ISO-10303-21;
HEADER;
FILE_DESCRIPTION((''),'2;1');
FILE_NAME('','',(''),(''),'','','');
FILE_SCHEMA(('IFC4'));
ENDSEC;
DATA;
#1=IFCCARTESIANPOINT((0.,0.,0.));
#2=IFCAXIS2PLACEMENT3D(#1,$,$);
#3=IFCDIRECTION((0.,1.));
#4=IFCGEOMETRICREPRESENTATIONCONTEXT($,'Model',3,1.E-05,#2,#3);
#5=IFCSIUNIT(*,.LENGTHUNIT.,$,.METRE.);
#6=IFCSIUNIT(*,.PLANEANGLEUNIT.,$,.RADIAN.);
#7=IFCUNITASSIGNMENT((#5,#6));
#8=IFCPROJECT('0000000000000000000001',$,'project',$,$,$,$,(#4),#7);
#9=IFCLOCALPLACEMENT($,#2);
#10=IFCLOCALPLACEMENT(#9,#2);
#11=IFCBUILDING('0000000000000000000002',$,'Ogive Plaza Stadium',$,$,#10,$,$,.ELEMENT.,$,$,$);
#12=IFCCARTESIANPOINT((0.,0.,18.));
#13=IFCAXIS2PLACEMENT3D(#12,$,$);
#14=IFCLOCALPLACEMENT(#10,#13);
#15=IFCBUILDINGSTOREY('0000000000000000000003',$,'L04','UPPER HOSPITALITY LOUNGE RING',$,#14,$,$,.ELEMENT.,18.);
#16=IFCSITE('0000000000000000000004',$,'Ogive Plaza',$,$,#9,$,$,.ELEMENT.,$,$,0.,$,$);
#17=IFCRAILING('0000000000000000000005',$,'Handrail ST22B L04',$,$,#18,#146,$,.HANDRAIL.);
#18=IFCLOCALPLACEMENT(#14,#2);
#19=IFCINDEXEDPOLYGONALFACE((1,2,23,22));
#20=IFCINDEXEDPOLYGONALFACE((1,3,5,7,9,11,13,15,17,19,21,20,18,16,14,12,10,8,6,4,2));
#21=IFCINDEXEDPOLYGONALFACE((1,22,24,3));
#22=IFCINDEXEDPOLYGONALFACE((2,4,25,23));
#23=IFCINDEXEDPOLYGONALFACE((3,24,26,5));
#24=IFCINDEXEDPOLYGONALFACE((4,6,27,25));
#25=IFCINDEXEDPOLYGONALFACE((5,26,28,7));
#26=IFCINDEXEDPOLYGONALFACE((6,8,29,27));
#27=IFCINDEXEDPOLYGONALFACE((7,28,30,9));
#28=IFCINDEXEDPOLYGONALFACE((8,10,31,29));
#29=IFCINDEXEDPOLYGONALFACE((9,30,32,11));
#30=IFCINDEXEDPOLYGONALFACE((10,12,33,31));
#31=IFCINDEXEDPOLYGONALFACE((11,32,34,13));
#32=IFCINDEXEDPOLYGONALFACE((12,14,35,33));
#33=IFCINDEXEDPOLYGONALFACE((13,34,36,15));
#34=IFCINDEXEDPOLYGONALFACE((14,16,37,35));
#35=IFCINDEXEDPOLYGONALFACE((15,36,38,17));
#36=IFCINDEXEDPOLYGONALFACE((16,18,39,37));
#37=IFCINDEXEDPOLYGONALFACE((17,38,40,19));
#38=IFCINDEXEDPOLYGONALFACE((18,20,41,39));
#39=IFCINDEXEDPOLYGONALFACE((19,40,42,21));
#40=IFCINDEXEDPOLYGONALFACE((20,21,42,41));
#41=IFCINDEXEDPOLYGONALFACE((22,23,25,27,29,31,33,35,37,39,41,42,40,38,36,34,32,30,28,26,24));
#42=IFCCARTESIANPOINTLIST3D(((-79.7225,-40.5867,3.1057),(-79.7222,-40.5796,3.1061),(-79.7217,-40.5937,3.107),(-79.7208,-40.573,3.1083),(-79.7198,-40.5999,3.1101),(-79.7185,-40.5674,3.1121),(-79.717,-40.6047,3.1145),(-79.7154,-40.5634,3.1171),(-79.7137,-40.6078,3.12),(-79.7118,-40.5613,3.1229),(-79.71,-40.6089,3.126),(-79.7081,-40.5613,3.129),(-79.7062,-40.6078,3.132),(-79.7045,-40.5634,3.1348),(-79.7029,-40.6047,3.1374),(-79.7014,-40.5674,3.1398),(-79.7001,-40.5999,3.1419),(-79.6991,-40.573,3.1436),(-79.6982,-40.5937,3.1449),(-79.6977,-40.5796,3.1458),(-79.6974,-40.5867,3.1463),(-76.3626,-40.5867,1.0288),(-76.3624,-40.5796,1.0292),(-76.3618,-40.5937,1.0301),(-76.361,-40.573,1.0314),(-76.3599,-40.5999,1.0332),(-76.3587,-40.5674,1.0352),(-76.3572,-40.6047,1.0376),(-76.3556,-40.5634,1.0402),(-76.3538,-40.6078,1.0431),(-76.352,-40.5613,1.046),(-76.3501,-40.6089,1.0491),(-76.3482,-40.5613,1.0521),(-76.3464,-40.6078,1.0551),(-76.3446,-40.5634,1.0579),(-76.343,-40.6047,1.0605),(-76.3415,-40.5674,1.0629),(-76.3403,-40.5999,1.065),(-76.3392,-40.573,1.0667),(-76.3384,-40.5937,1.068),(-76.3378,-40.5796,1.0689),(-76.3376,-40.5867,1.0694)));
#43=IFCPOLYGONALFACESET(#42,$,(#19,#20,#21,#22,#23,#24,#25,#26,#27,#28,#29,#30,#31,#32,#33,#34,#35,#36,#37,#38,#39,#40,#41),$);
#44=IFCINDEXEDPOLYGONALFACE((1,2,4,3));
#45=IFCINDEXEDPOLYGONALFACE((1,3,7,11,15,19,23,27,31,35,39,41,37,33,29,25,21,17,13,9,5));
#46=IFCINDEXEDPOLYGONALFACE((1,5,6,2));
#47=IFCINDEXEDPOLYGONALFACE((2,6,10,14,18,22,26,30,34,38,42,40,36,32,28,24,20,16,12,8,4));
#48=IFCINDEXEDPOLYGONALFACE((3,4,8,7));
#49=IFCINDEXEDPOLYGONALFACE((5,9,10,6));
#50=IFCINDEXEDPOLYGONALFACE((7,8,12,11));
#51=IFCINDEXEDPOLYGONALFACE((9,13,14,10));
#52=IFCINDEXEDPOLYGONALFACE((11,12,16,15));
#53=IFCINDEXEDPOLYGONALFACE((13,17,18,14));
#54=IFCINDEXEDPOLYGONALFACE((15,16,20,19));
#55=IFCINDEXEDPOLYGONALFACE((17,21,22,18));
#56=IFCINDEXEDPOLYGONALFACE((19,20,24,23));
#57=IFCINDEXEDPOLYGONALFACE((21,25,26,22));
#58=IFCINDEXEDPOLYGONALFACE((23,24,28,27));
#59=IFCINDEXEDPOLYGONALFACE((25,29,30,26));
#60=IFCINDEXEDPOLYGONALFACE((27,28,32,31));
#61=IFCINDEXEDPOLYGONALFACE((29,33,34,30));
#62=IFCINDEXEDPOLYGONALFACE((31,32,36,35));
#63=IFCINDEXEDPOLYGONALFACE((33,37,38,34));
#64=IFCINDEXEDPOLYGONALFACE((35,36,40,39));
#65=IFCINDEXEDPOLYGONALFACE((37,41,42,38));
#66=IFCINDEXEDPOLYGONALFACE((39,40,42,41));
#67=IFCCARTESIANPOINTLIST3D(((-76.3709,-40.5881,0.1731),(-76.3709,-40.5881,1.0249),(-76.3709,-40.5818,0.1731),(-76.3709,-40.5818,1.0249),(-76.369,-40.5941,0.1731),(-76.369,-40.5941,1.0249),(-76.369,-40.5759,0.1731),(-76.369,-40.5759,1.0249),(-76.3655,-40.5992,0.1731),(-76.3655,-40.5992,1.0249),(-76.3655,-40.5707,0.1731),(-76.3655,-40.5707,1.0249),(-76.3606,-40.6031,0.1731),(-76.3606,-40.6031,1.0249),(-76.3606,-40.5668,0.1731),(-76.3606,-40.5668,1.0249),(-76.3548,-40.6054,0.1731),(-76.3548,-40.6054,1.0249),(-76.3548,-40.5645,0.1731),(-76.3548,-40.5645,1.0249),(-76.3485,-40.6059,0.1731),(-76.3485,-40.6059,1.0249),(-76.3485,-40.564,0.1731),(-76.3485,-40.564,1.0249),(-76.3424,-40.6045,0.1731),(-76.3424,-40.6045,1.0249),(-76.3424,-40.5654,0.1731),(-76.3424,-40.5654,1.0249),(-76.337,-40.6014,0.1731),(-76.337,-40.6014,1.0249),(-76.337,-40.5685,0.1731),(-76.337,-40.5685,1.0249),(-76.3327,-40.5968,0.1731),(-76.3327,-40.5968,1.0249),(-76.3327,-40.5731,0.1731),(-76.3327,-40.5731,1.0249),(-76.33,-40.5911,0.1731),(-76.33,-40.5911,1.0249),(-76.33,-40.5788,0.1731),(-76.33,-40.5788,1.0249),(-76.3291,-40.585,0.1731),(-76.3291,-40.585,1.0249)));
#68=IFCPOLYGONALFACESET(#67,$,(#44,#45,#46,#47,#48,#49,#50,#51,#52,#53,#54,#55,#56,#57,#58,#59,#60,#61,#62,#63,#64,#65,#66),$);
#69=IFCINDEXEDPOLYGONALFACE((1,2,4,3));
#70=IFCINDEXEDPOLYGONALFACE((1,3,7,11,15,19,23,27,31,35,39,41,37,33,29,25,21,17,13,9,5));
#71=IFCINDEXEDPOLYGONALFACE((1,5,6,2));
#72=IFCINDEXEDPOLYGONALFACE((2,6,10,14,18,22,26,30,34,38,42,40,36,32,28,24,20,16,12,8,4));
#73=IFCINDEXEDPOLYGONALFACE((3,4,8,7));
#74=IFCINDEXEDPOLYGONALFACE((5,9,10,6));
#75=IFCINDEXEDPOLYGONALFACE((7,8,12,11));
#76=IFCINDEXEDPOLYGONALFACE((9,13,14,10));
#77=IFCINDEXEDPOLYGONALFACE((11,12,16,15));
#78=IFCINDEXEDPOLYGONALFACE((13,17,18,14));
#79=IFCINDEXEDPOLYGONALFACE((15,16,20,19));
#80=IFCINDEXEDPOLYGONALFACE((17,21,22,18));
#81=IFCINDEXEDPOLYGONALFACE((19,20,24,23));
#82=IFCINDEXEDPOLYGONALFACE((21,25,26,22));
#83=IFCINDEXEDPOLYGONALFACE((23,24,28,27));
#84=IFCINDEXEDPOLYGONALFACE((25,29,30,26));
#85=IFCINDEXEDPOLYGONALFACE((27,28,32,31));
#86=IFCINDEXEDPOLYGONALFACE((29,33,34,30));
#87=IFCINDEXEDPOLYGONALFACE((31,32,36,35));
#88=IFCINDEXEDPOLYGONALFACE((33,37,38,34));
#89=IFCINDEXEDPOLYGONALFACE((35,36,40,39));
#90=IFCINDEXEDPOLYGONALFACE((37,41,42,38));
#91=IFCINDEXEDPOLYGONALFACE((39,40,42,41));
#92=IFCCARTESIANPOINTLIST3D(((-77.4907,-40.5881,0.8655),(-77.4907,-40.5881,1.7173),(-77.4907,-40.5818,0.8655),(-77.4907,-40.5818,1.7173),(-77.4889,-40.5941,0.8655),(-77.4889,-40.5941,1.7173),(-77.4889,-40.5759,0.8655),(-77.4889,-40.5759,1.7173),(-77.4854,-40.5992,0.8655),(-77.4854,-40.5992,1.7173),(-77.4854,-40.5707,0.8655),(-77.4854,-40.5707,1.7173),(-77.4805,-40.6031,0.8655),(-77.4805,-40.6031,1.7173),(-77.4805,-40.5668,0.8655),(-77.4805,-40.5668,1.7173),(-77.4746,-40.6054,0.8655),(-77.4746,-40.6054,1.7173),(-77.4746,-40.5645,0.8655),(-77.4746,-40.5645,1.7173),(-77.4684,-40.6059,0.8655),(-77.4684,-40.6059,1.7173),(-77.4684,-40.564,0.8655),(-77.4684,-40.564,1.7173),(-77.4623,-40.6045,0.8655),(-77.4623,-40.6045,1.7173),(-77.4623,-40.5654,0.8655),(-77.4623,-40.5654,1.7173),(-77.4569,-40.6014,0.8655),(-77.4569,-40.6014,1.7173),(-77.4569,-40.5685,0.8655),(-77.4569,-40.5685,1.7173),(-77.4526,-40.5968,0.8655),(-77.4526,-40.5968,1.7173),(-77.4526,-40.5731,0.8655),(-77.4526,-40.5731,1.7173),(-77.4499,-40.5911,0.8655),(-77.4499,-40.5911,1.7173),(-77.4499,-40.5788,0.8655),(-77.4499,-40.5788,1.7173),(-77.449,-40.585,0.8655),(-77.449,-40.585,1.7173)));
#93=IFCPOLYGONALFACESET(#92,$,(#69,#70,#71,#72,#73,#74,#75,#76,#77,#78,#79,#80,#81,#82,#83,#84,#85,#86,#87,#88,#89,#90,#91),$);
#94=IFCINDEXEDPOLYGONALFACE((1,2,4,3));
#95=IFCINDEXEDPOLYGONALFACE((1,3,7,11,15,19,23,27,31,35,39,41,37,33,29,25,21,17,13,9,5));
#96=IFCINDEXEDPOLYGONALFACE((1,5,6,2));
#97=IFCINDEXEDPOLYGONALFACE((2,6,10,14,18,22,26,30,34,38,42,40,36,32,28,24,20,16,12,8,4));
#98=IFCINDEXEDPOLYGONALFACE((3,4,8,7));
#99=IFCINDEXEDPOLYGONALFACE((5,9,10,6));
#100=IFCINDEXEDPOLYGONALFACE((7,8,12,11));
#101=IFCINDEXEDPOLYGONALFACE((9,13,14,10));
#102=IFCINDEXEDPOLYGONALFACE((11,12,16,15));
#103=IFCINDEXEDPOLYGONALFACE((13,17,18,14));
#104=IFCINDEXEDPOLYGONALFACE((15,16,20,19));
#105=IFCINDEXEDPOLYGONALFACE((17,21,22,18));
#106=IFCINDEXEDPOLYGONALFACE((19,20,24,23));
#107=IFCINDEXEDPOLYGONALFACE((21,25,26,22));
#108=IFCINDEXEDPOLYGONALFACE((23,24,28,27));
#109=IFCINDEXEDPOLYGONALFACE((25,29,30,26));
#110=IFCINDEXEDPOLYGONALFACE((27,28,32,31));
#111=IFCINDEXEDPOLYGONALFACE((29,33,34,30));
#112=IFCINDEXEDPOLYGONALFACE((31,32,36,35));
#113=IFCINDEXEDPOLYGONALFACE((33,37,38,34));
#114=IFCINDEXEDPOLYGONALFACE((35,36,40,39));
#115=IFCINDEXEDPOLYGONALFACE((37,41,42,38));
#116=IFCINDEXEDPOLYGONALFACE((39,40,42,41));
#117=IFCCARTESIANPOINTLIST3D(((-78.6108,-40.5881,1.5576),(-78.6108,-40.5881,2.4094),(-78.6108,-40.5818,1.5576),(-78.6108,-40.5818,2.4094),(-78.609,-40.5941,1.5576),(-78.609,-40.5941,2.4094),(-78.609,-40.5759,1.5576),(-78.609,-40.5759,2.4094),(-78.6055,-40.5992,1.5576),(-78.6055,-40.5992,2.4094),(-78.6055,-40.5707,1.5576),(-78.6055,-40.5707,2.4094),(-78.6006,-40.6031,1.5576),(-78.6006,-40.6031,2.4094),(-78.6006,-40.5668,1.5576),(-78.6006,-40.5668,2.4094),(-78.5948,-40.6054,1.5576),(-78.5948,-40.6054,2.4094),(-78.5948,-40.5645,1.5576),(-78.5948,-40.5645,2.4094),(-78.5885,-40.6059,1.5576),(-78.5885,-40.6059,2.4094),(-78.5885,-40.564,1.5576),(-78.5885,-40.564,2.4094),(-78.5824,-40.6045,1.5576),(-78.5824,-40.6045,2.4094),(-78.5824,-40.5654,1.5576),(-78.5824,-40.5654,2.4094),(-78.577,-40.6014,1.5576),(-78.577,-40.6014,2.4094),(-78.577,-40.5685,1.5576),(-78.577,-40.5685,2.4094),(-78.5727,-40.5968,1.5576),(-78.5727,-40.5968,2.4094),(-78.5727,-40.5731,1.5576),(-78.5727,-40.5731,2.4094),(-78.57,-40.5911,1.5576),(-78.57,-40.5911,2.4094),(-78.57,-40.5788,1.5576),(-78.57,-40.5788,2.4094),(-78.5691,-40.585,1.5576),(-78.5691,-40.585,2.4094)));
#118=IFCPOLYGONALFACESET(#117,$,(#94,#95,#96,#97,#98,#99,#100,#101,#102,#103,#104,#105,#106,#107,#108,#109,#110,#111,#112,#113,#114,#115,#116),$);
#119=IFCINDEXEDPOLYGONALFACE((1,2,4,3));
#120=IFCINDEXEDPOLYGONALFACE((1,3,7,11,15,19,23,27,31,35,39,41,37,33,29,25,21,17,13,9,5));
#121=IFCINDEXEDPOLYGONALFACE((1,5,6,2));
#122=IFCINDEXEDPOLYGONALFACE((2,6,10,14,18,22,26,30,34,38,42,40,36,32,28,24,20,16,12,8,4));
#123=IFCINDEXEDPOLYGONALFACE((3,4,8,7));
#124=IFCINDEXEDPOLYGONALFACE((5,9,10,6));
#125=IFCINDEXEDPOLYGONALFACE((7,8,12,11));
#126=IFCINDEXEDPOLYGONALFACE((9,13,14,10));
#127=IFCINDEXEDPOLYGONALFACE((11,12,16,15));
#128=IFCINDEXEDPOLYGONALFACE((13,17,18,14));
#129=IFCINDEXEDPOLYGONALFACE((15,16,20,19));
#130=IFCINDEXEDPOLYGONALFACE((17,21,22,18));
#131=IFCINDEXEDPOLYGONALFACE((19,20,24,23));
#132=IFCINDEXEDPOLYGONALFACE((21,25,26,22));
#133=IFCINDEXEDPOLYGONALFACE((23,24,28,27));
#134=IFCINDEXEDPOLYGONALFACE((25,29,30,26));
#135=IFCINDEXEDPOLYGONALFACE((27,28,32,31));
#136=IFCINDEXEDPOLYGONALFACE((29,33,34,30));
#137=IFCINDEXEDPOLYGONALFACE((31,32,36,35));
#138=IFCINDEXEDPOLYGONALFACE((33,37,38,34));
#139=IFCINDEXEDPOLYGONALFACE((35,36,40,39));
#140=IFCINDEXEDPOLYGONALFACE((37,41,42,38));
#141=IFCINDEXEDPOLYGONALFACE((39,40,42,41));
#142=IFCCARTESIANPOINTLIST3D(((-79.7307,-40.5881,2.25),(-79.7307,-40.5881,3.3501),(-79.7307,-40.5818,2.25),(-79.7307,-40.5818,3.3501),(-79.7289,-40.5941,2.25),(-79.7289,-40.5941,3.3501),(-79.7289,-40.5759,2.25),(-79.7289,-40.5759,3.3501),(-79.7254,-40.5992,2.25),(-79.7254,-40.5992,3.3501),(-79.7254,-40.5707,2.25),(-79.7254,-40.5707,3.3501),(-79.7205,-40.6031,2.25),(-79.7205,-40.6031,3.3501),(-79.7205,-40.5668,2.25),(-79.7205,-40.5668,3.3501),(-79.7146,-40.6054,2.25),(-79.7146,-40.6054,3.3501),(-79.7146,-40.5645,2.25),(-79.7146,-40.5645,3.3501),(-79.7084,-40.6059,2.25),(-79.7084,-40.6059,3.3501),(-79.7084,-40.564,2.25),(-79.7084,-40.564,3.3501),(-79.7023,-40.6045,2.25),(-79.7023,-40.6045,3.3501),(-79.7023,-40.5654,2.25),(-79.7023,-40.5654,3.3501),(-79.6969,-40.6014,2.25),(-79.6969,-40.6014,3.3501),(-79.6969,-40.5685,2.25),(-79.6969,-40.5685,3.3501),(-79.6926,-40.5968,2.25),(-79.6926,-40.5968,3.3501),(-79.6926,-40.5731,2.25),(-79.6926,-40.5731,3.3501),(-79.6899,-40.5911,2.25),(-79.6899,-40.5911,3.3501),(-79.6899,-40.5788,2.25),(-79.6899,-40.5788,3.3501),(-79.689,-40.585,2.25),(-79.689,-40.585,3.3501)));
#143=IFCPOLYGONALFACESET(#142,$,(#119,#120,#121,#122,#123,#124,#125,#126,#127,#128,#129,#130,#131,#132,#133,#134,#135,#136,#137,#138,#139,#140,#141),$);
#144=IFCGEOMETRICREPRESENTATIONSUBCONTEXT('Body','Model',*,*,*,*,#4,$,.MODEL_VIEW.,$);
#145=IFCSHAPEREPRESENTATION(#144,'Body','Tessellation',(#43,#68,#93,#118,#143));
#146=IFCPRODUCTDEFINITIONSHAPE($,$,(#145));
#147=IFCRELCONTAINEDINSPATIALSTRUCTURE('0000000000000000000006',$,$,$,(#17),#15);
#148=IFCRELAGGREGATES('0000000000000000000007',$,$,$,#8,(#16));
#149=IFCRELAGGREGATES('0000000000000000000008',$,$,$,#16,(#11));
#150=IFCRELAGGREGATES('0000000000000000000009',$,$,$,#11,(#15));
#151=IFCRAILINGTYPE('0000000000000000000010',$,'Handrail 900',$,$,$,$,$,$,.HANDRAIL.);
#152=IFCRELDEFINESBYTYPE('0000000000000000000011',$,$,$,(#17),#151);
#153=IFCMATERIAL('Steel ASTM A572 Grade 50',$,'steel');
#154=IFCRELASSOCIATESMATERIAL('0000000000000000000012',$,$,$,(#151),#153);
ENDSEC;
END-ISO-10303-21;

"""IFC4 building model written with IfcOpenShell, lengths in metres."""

from ifc_helpers import new_model, si_unit, direction, frame, origin, origin_2d, place, context, subcontext, project, spatial, circle, extrude, material, type_object, element, save


model = new_model("IFC4")

# Units and contexts
model_context = context("Model", 3, precision=1e-05, world=origin(), true_north=direction((0.0, 1.0)))
body_context = subcontext(model_context, "Body", "Model", "MODEL_VIEW")
ifc_project = project(units=[si_unit("LENGTHUNIT", "METRE"), si_unit("PLANEANGLEUNIT", "RADIAN")], contexts=[model_context])

# Site, building, storey
site_placement = place(None, origin())
site = spatial("IfcSite", under=ifc_project, at=site_placement, Name="Ogive Plaza", CompositionType="ELEMENT", RefElevation=0.0)
building_placement = place(site_placement, origin())
building = spatial("IfcBuilding", under=site, at=building_placement, Name="Ogive Plaza Stadium", CompositionType="ELEMENT")
storey_placement = place(building_placement, frame((0.0, 0.0, 18.0)))
storey = spatial("IfcBuildingStorey", under=building, at=storey_placement, Name="L04", Description="UPPER HOSPITALITY LOUNGE RING", CompositionType="ELEMENT", Elevation=18.0)

# Railing
ifc_material_1 = material(Name="Steel ASTM A572 Grade 50", Category="steel")
railing_type_1 = type_object("IfcRailingType", Name="Handrail 900", PredefinedType="HANDRAIL", material=ifc_material_1)
for number, where, name in (
    (1, (-76.3501, -40.585, 0.1731), "Handrail ST22B L04"),
):
    element("IfcRailing", number, at=place(storey_placement, frame(where)), inside=storey, type_object=railing_type_1, Name=name, PredefinedType="HANDRAIL", context=body_context, shape_type="SweptSolid", body=[
        extrude(circle(Radius=0.0239, at=origin_2d()), frame((0.0, 0.0, 0.876), z_axis=(-0.850606, 0.0, 0.525803), x_axis=(0.0, -1.0, 0.0)), (0.0, 0.0, 1.0), 3.95),
        extrude(circle(Radius=0.021, at=origin_2d()), origin(), (0.0, 0.0, 1.0), 0.8518),
        extrude(circle(Radius=0.021, at=origin_2d()), frame((-1.1199, 0.0, 0.6924)), (0.0, 0.0, 1.0), 0.8518),
        extrude(circle(Radius=0.021, at=origin_2d()), frame((-2.24, 0.0, 1.3845)), (0.0, 0.0, 1.0), 0.8518),
        extrude(circle(Radius=0.021, at=origin_2d()), frame((-3.3599, 0.0, 2.0769)), (0.0, 0.0, 1.0), 1.1001),
    ])

save(model, "model.ifc")
